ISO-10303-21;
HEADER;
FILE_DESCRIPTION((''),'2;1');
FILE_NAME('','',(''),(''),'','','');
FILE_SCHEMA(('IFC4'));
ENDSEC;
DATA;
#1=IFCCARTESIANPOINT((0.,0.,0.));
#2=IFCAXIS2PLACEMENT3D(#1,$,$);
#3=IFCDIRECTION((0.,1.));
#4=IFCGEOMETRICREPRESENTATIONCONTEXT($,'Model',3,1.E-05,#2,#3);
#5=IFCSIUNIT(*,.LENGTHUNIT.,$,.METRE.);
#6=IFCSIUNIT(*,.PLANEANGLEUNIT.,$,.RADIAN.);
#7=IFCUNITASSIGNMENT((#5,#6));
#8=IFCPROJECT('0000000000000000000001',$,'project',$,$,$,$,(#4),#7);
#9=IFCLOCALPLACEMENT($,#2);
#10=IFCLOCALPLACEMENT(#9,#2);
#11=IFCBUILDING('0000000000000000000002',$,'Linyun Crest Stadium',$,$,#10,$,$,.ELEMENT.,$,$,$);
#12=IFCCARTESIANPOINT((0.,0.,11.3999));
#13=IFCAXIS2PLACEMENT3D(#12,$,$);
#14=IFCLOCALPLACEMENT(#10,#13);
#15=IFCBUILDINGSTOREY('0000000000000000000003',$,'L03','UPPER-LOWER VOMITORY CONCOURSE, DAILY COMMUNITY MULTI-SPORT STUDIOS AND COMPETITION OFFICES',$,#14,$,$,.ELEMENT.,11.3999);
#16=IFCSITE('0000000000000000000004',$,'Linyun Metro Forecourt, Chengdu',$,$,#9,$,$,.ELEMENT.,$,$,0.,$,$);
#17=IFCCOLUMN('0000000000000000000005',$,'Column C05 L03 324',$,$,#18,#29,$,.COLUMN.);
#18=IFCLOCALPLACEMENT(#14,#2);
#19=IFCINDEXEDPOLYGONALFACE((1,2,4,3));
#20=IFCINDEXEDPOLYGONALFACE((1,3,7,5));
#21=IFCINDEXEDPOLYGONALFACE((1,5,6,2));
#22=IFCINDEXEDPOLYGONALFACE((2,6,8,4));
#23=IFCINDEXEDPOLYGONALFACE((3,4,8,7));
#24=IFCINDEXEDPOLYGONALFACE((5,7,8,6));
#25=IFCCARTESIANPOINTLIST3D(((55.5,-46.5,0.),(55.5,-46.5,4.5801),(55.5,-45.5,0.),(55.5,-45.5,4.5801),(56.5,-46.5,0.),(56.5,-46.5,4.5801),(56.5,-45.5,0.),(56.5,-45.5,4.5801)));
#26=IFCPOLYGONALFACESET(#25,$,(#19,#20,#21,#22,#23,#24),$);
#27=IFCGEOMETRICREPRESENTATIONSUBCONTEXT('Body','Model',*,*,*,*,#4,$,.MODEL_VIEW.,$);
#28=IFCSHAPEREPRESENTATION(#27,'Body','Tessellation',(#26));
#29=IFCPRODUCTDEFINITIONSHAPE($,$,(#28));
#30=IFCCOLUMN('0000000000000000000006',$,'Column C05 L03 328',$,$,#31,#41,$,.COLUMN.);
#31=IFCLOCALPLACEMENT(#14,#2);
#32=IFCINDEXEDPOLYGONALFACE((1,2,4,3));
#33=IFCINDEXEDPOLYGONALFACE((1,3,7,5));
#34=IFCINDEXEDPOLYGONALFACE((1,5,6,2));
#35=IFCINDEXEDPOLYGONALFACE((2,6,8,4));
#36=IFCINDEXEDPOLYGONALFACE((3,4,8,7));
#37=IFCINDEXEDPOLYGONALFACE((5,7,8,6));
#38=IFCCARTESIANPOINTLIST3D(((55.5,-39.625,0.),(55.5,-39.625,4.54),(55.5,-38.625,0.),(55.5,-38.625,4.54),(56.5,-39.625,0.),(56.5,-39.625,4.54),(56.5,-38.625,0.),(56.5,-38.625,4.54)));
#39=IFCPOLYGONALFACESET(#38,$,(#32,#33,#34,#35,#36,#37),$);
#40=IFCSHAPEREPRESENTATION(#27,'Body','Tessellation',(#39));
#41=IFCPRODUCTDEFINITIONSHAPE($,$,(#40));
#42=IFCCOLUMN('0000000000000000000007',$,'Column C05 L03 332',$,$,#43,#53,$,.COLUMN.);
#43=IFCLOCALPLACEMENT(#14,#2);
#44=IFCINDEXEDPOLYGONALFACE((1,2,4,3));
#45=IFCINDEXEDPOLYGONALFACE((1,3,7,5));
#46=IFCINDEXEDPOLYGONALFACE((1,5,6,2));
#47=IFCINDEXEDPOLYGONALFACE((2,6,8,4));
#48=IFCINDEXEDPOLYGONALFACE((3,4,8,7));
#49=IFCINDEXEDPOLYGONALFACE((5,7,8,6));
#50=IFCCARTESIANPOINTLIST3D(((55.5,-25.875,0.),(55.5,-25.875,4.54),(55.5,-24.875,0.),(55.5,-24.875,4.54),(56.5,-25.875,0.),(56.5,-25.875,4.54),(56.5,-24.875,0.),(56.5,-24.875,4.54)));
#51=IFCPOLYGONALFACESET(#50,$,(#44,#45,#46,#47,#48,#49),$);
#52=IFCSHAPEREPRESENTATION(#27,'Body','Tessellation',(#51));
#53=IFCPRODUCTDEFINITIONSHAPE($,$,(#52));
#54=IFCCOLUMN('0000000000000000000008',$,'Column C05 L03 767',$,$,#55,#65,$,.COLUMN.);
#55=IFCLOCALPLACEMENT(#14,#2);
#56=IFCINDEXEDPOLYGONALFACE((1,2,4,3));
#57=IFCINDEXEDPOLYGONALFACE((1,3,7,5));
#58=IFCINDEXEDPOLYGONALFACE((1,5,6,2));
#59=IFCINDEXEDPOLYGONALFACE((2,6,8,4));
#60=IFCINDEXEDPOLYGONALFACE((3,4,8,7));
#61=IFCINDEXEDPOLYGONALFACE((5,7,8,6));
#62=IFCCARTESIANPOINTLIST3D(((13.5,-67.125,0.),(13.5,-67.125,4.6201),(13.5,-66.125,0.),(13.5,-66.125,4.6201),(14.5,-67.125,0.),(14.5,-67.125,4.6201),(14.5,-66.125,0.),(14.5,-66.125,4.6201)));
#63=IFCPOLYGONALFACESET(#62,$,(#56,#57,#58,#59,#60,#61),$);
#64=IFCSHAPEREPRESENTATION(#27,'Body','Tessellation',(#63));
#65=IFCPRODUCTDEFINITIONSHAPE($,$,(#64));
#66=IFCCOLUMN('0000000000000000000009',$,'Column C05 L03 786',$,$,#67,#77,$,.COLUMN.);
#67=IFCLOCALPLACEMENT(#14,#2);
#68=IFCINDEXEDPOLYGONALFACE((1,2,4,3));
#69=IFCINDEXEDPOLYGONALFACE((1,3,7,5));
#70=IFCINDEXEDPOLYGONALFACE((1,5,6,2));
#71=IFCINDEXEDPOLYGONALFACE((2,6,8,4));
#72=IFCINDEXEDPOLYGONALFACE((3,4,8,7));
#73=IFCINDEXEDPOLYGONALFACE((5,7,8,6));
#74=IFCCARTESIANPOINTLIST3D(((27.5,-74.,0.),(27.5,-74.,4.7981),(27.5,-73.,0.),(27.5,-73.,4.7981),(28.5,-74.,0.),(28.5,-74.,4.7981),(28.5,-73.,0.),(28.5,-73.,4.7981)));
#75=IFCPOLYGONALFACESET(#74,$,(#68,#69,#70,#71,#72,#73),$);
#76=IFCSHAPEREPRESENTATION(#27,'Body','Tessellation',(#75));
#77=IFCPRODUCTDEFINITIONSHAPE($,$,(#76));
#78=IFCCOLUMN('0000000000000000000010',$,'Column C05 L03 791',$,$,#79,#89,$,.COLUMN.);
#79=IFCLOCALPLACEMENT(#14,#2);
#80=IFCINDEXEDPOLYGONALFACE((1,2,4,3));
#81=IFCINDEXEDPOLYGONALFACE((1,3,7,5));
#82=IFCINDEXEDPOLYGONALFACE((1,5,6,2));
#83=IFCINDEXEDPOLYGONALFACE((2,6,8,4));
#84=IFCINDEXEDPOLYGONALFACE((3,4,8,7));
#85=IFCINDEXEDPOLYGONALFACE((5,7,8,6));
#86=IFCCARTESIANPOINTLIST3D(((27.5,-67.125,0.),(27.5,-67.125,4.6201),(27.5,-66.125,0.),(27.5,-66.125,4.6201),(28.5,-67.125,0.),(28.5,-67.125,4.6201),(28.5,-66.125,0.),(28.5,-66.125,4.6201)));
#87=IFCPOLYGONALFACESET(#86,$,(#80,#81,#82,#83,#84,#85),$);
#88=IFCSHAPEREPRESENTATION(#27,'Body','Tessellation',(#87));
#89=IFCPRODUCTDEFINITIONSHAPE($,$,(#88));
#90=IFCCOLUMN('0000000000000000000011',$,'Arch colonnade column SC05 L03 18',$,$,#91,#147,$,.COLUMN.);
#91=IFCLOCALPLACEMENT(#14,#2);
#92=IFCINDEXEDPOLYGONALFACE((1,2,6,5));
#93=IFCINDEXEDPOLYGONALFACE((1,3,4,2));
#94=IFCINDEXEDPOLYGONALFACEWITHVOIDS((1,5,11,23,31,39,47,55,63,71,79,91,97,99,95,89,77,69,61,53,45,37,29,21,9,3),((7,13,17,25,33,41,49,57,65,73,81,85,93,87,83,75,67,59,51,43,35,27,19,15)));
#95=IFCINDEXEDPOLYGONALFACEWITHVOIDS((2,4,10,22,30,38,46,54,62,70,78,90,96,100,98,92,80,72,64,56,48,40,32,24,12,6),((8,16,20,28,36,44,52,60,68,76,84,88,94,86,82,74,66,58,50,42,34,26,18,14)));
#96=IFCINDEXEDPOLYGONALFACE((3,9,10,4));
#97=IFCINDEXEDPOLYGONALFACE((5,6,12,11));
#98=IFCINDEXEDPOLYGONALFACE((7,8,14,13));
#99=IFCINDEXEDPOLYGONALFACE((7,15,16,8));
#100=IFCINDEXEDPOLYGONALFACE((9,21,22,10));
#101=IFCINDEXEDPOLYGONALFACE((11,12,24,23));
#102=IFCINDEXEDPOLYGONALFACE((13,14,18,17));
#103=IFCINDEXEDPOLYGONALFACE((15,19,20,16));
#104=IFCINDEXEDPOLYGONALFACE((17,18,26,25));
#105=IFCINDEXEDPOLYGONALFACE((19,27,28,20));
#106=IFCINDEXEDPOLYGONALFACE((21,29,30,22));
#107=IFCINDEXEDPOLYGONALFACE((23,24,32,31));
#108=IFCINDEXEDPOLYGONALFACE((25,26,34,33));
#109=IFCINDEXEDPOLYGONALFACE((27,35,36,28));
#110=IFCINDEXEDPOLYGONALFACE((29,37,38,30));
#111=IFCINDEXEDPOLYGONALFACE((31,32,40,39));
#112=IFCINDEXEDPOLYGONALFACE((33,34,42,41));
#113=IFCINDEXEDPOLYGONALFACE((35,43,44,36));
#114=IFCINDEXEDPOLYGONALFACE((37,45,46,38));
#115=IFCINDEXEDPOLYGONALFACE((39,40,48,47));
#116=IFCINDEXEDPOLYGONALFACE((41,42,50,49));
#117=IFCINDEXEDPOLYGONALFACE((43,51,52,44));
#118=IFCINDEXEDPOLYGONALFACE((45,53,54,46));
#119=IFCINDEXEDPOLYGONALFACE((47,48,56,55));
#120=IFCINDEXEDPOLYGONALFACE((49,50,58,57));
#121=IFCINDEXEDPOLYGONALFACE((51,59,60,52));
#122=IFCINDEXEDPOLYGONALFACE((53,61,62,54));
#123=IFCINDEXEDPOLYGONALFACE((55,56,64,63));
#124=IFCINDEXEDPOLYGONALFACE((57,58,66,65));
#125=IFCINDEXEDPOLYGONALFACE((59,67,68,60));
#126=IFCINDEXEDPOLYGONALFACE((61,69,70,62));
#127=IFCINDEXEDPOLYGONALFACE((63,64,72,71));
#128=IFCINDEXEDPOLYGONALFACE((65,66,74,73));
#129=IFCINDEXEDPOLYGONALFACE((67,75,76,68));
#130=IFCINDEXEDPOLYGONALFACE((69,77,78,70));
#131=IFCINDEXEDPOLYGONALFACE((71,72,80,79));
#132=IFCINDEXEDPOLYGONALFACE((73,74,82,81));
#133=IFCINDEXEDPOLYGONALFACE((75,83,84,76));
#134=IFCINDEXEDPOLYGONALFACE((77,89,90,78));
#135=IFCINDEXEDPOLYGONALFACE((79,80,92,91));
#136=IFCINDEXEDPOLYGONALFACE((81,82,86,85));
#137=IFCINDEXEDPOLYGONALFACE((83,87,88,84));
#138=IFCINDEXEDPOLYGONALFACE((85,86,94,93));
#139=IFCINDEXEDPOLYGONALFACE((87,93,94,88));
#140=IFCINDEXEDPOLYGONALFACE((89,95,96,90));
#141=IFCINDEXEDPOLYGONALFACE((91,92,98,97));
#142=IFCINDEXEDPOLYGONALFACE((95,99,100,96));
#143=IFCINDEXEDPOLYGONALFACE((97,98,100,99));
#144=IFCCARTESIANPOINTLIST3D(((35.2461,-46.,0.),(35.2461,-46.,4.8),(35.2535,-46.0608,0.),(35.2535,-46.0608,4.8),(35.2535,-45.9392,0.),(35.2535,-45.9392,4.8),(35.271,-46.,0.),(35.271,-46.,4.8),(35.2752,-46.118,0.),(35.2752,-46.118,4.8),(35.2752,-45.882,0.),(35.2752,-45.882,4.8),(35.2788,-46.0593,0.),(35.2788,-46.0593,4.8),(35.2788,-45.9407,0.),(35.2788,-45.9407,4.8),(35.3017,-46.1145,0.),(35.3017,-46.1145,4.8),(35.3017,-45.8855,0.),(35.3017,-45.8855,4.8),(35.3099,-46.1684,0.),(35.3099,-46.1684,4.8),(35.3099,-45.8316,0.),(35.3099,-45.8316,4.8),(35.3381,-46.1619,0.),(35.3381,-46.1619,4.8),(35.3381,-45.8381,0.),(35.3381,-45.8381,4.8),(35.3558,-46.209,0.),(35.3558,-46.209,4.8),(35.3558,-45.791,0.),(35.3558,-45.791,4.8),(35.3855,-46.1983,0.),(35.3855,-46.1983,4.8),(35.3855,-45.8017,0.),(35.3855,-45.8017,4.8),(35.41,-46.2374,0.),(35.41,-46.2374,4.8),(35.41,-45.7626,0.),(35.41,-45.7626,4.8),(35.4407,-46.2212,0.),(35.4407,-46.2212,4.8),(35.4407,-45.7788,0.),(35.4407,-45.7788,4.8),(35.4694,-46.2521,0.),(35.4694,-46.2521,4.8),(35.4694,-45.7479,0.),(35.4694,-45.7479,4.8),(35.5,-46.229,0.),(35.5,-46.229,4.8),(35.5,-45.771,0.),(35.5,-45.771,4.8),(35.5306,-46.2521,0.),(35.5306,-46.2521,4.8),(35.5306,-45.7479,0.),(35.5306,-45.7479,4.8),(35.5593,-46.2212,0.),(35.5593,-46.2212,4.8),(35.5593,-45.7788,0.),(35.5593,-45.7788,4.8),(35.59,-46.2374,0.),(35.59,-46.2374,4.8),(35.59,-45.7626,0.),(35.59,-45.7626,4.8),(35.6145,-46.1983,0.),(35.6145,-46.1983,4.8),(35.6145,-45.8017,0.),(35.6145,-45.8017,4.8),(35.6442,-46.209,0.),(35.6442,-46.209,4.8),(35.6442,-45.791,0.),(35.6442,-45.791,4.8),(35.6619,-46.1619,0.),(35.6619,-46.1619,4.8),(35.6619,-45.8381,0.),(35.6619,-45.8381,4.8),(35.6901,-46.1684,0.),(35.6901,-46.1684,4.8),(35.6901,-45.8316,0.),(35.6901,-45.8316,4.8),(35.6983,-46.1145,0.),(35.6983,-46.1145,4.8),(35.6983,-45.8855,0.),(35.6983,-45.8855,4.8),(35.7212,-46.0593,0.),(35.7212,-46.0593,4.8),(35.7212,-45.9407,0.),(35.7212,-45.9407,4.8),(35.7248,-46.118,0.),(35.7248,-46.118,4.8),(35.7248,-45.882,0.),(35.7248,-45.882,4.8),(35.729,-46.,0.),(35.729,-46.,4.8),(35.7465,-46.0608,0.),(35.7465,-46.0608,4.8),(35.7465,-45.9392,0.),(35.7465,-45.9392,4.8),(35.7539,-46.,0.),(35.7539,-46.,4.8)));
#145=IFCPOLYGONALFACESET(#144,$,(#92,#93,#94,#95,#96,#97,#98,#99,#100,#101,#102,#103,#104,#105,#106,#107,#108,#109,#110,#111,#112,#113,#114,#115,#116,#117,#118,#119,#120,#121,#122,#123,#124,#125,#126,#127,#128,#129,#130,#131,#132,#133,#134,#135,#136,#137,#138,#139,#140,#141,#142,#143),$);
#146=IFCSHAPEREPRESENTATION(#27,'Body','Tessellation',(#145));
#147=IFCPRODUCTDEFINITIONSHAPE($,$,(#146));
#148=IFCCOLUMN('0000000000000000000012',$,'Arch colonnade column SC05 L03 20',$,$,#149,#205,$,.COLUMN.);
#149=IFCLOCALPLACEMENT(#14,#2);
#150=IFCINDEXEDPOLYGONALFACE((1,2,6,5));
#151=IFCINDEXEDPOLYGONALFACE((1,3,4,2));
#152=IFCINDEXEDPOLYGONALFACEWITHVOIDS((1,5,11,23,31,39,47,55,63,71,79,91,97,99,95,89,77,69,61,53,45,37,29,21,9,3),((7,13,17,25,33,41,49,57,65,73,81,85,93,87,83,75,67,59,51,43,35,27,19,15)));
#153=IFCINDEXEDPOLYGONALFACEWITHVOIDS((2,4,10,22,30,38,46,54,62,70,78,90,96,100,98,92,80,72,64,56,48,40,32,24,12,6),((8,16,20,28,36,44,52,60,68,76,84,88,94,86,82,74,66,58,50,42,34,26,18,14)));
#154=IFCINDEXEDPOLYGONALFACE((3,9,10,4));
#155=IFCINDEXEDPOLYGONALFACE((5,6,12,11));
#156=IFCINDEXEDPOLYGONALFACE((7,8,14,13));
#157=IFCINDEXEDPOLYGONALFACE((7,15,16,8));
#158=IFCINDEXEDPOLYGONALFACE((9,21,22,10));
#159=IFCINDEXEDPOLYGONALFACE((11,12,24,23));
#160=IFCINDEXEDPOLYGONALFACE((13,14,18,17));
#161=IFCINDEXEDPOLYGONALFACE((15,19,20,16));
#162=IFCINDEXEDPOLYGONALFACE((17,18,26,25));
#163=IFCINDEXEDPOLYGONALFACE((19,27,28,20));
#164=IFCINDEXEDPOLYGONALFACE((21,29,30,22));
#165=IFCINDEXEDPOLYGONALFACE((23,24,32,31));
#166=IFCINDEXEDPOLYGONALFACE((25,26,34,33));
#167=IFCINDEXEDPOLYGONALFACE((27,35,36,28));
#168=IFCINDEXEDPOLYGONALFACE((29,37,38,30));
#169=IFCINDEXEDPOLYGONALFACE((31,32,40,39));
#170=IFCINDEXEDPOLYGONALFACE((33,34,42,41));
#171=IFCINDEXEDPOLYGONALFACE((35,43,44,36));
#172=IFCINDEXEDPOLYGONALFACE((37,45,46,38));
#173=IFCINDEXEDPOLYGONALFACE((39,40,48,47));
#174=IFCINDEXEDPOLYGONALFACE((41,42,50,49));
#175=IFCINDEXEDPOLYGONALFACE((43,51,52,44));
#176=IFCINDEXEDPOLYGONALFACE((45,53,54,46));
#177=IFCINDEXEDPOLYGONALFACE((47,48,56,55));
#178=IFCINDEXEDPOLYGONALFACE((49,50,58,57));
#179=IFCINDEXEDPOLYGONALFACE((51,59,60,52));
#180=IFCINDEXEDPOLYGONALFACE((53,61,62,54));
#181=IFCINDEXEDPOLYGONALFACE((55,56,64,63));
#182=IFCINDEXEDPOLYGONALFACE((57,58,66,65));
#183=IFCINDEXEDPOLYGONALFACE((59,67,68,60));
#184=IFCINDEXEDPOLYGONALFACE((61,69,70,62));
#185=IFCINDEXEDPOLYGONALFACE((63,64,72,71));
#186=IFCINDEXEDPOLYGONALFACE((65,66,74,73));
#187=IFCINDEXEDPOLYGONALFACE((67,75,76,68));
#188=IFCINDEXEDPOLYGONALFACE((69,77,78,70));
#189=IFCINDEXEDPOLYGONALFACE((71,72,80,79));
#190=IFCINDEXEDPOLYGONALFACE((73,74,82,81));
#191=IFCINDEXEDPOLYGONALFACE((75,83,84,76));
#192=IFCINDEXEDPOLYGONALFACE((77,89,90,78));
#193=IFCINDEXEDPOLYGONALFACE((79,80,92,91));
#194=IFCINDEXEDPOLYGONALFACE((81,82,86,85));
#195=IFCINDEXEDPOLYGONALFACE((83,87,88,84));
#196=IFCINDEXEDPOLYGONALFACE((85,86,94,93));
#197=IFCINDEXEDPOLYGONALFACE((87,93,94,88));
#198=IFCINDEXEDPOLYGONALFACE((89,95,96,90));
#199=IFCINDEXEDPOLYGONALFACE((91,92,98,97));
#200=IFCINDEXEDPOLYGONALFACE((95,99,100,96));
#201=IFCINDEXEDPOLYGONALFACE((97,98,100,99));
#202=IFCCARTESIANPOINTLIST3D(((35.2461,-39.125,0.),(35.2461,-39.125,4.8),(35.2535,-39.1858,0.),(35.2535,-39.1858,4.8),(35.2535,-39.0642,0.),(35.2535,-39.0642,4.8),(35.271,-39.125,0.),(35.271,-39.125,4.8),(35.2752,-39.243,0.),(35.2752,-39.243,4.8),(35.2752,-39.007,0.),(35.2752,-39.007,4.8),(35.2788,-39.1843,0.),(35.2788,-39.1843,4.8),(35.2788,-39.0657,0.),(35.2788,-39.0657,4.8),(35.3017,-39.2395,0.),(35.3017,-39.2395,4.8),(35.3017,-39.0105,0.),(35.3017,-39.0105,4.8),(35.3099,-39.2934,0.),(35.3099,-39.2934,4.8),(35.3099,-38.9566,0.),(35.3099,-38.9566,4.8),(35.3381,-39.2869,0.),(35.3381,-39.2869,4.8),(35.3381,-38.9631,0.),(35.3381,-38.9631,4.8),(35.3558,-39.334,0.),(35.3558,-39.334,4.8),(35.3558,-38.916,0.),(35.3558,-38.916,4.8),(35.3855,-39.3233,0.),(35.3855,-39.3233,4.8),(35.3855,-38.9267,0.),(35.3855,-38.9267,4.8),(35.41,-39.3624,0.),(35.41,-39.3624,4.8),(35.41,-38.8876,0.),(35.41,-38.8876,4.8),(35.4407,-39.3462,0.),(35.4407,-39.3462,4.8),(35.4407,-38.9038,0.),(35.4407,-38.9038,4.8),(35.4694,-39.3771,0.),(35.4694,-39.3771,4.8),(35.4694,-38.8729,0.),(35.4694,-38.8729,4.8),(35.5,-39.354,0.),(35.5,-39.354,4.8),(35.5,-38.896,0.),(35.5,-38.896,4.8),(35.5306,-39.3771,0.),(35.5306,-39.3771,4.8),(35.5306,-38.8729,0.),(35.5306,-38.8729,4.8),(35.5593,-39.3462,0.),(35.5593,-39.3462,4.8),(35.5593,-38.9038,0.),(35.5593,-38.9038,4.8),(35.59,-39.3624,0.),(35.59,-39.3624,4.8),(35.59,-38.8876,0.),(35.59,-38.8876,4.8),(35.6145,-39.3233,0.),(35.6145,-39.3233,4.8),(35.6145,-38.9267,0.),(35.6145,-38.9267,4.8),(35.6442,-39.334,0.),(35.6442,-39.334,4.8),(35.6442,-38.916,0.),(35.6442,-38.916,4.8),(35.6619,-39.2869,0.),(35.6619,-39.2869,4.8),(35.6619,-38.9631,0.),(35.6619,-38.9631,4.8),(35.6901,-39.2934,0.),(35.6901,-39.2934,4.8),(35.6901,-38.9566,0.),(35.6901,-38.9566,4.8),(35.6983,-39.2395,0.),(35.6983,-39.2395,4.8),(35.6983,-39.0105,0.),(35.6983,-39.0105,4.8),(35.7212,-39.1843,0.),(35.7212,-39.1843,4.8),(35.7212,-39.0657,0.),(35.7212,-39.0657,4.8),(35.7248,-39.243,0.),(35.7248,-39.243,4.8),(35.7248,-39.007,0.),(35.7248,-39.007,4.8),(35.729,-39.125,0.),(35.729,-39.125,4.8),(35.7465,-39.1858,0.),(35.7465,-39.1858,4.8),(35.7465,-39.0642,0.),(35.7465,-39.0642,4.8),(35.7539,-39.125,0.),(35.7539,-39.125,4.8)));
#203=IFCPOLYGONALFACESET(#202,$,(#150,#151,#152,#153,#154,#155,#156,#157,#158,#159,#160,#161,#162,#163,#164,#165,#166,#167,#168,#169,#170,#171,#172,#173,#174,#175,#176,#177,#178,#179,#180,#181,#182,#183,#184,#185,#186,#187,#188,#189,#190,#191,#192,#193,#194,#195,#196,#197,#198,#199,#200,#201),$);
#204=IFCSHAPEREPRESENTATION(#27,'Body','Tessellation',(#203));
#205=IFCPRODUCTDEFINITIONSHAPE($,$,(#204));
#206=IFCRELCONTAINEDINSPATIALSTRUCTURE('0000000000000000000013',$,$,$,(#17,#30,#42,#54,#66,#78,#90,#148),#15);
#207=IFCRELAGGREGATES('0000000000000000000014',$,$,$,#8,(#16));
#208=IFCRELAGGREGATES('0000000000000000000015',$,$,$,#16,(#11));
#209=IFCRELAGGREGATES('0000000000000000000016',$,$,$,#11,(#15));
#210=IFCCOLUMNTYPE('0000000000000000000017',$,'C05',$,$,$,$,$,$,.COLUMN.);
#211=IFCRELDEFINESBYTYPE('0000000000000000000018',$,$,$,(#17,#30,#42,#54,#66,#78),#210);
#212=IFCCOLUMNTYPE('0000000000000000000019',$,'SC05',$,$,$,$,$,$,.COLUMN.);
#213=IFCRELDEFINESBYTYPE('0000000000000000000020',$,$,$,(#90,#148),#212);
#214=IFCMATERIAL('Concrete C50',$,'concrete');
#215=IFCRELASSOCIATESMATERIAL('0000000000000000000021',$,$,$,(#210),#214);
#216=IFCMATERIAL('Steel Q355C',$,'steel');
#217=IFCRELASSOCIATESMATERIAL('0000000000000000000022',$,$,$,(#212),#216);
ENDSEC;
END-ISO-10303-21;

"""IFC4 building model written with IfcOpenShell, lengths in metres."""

from ifc_helpers import new_model, si_unit, direction, frame, origin, origin_2d, place, context, subcontext, project, spatial, rectangle, hollow_circle, extrude, material, material_profile, profile_set, type_object, element, save


model = new_model("IFC4")

# Units and contexts
model_context = context("Model", 3, precision=1e-05, world=origin(), true_north=direction((0.0, 1.0)))
body_context = subcontext(model_context, "Body", "Model", "MODEL_VIEW")
ifc_project = project(units=[si_unit("LENGTHUNIT", "METRE"), si_unit("PLANEANGLEUNIT", "RADIAN")], contexts=[model_context])

# Site, building, storey
site_placement = place(None, origin())
site = spatial("IfcSite", under=ifc_project, at=site_placement, Name="Linyun Metro Forecourt, Chengdu", CompositionType="ELEMENT", RefElevation=0.0)
building_placement = place(site_placement, origin())
building = spatial("IfcBuilding", under=site, at=building_placement, Name="Linyun Crest Stadium", CompositionType="ELEMENT")
storey_placement = place(building_placement, frame((0.0, 0.0, 11.3999)))
storey = spatial("IfcBuildingStorey", under=building, at=storey_placement, Name="L03", Description="UPPER-LOWER VOMITORY CONCOURSE, DAILY COMMUNITY MULTI-SPORT STUDIOS AND COMPETITION OFFICES", CompositionType="ELEMENT", Elevation=11.3999)

# Columns
ifc_material_1 = material(Name="Concrete C50", Category="concrete")
ifc_material_profile_1 = material_profile(ifc_material_1, rectangle(XDim=1.0, YDim=1.0, at=origin_2d()), Name="RC 1000x1000")
ifc_profile_set_1 = profile_set([ifc_material_profile_1], Name="Concrete C50")
column_type_1 = type_object("IfcColumnType", Name="C05", PredefinedType="COLUMN", material=ifc_profile_set_1)
column_1_placement = place(storey_placement, frame((56.0, -46.0, 0.0), z_axis=(0.0, 0.0, 1.0), x_axis=(1.0, 0.0, 0.0)))
element("IfcColumn", 1, at=column_1_placement, inside=storey, type_object=column_type_1, Name="Column C05 L03 324", PredefinedType="COLUMN", context=body_context, shape_type="SweptSolid", body=[
    extrude(rectangle(XDim=1.0, YDim=1.0, at=origin_2d()), origin(), (0.0, 0.0, 1.0), 4.5801),
])
for number, where, z_axis, x_axis, name in (
    (2, (56.0, -39.125, 0.0), (0.0, 0.0, 1.0), (1.0, 0.0, 0.0), "Column C05 L03 328"),
    (3, (56.0, -25.375, 0.0), (0.0, 0.0, 1.0), (1.0, 0.0, 0.0), "Column C05 L03 332"),
):
    element("IfcColumn", number, at=place(storey_placement, frame(where, z_axis=z_axis, x_axis=x_axis)), inside=storey, type_object=column_type_1, Name=name, PredefinedType="COLUMN", context=body_context, shape_type="SweptSolid", body=[
        extrude(rectangle(XDim=1.0, YDim=1.0, at=origin_2d()), origin(), (0.0, 0.0, 1.0), 4.54),
    ])
column_2_placement = place(storey_placement, frame((14.0, -66.625, 0.0), z_axis=(0.0, 0.0, 1.0), x_axis=(1.0, 0.0, 0.0)))
element("IfcColumn", 4, at=column_2_placement, inside=storey, type_object=column_type_1, Name="Column C05 L03 767", PredefinedType="COLUMN", context=body_context, shape_type="SweptSolid", body=[
    extrude(rectangle(XDim=1.0, YDim=1.0, at=origin_2d()), origin(), (0.0, 0.0, 1.0), 4.6201),
])
column_3_placement = place(storey_placement, frame((28.0, -73.5, 0.0), z_axis=(0.0, 0.0, 1.0), x_axis=(1.0, 0.0, 0.0)))
element("IfcColumn", 5, at=column_3_placement, inside=storey, type_object=column_type_1, Name="Column C05 L03 786", PredefinedType="COLUMN", context=body_context, shape_type="SweptSolid", body=[
    extrude(rectangle(XDim=1.0, YDim=1.0, at=origin_2d()), origin(), (0.0, 0.0, 1.0), 4.7981),
])
column_4_placement = place(storey_placement, frame((28.0, -66.625, 0.0), z_axis=(0.0, 0.0, 1.0), x_axis=(1.0, 0.0, 0.0)))
element("IfcColumn", 6, at=column_4_placement, inside=storey, type_object=column_type_1, Name="Column C05 L03 791", PredefinedType="COLUMN", context=body_context, shape_type="SweptSolid", body=[
    extrude(rectangle(XDim=1.0, YDim=1.0, at=origin_2d()), origin(), (0.0, 0.0, 1.0), 4.6201),
])
ifc_material_2 = material(Name="Steel Q355C", Category="steel")
ifc_material_profile_2 = material_profile(ifc_material_2, hollow_circle(Radius=0.2539, WallThickness=0.0249, at=origin_2d()), Name="CHS 508x25")
ifc_profile_set_2 = profile_set([ifc_material_profile_2], Name="Steel Q355C")
column_type_2 = type_object("IfcColumnType", Name="SC05", PredefinedType="COLUMN", material=ifc_profile_set_2)
for number, where, z_axis, x_axis, name in (
    (7, (35.5, -46.0, 0.0), (0.0, 0.0, 1.0), (1.0, 0.0, 0.0), "Arch colonnade column SC05 L03 18"),
    (8, (35.5, -39.125, 0.0), (0.0, 0.0, 1.0), (1.0, 0.0, 0.0), "Arch colonnade column SC05 L03 20"),
):
    element("IfcColumn", number, at=place(storey_placement, frame(where, z_axis=z_axis, x_axis=x_axis)), inside=storey, type_object=column_type_2, Name=name, PredefinedType="COLUMN", context=body_context, shape_type="SweptSolid", body=[
        extrude(hollow_circle(Radius=0.2539, WallThickness=0.0249, at=origin_2d()), origin(), (0.0, 0.0, 1.0), 4.8),
    ])

save(model, "model.ifc")
